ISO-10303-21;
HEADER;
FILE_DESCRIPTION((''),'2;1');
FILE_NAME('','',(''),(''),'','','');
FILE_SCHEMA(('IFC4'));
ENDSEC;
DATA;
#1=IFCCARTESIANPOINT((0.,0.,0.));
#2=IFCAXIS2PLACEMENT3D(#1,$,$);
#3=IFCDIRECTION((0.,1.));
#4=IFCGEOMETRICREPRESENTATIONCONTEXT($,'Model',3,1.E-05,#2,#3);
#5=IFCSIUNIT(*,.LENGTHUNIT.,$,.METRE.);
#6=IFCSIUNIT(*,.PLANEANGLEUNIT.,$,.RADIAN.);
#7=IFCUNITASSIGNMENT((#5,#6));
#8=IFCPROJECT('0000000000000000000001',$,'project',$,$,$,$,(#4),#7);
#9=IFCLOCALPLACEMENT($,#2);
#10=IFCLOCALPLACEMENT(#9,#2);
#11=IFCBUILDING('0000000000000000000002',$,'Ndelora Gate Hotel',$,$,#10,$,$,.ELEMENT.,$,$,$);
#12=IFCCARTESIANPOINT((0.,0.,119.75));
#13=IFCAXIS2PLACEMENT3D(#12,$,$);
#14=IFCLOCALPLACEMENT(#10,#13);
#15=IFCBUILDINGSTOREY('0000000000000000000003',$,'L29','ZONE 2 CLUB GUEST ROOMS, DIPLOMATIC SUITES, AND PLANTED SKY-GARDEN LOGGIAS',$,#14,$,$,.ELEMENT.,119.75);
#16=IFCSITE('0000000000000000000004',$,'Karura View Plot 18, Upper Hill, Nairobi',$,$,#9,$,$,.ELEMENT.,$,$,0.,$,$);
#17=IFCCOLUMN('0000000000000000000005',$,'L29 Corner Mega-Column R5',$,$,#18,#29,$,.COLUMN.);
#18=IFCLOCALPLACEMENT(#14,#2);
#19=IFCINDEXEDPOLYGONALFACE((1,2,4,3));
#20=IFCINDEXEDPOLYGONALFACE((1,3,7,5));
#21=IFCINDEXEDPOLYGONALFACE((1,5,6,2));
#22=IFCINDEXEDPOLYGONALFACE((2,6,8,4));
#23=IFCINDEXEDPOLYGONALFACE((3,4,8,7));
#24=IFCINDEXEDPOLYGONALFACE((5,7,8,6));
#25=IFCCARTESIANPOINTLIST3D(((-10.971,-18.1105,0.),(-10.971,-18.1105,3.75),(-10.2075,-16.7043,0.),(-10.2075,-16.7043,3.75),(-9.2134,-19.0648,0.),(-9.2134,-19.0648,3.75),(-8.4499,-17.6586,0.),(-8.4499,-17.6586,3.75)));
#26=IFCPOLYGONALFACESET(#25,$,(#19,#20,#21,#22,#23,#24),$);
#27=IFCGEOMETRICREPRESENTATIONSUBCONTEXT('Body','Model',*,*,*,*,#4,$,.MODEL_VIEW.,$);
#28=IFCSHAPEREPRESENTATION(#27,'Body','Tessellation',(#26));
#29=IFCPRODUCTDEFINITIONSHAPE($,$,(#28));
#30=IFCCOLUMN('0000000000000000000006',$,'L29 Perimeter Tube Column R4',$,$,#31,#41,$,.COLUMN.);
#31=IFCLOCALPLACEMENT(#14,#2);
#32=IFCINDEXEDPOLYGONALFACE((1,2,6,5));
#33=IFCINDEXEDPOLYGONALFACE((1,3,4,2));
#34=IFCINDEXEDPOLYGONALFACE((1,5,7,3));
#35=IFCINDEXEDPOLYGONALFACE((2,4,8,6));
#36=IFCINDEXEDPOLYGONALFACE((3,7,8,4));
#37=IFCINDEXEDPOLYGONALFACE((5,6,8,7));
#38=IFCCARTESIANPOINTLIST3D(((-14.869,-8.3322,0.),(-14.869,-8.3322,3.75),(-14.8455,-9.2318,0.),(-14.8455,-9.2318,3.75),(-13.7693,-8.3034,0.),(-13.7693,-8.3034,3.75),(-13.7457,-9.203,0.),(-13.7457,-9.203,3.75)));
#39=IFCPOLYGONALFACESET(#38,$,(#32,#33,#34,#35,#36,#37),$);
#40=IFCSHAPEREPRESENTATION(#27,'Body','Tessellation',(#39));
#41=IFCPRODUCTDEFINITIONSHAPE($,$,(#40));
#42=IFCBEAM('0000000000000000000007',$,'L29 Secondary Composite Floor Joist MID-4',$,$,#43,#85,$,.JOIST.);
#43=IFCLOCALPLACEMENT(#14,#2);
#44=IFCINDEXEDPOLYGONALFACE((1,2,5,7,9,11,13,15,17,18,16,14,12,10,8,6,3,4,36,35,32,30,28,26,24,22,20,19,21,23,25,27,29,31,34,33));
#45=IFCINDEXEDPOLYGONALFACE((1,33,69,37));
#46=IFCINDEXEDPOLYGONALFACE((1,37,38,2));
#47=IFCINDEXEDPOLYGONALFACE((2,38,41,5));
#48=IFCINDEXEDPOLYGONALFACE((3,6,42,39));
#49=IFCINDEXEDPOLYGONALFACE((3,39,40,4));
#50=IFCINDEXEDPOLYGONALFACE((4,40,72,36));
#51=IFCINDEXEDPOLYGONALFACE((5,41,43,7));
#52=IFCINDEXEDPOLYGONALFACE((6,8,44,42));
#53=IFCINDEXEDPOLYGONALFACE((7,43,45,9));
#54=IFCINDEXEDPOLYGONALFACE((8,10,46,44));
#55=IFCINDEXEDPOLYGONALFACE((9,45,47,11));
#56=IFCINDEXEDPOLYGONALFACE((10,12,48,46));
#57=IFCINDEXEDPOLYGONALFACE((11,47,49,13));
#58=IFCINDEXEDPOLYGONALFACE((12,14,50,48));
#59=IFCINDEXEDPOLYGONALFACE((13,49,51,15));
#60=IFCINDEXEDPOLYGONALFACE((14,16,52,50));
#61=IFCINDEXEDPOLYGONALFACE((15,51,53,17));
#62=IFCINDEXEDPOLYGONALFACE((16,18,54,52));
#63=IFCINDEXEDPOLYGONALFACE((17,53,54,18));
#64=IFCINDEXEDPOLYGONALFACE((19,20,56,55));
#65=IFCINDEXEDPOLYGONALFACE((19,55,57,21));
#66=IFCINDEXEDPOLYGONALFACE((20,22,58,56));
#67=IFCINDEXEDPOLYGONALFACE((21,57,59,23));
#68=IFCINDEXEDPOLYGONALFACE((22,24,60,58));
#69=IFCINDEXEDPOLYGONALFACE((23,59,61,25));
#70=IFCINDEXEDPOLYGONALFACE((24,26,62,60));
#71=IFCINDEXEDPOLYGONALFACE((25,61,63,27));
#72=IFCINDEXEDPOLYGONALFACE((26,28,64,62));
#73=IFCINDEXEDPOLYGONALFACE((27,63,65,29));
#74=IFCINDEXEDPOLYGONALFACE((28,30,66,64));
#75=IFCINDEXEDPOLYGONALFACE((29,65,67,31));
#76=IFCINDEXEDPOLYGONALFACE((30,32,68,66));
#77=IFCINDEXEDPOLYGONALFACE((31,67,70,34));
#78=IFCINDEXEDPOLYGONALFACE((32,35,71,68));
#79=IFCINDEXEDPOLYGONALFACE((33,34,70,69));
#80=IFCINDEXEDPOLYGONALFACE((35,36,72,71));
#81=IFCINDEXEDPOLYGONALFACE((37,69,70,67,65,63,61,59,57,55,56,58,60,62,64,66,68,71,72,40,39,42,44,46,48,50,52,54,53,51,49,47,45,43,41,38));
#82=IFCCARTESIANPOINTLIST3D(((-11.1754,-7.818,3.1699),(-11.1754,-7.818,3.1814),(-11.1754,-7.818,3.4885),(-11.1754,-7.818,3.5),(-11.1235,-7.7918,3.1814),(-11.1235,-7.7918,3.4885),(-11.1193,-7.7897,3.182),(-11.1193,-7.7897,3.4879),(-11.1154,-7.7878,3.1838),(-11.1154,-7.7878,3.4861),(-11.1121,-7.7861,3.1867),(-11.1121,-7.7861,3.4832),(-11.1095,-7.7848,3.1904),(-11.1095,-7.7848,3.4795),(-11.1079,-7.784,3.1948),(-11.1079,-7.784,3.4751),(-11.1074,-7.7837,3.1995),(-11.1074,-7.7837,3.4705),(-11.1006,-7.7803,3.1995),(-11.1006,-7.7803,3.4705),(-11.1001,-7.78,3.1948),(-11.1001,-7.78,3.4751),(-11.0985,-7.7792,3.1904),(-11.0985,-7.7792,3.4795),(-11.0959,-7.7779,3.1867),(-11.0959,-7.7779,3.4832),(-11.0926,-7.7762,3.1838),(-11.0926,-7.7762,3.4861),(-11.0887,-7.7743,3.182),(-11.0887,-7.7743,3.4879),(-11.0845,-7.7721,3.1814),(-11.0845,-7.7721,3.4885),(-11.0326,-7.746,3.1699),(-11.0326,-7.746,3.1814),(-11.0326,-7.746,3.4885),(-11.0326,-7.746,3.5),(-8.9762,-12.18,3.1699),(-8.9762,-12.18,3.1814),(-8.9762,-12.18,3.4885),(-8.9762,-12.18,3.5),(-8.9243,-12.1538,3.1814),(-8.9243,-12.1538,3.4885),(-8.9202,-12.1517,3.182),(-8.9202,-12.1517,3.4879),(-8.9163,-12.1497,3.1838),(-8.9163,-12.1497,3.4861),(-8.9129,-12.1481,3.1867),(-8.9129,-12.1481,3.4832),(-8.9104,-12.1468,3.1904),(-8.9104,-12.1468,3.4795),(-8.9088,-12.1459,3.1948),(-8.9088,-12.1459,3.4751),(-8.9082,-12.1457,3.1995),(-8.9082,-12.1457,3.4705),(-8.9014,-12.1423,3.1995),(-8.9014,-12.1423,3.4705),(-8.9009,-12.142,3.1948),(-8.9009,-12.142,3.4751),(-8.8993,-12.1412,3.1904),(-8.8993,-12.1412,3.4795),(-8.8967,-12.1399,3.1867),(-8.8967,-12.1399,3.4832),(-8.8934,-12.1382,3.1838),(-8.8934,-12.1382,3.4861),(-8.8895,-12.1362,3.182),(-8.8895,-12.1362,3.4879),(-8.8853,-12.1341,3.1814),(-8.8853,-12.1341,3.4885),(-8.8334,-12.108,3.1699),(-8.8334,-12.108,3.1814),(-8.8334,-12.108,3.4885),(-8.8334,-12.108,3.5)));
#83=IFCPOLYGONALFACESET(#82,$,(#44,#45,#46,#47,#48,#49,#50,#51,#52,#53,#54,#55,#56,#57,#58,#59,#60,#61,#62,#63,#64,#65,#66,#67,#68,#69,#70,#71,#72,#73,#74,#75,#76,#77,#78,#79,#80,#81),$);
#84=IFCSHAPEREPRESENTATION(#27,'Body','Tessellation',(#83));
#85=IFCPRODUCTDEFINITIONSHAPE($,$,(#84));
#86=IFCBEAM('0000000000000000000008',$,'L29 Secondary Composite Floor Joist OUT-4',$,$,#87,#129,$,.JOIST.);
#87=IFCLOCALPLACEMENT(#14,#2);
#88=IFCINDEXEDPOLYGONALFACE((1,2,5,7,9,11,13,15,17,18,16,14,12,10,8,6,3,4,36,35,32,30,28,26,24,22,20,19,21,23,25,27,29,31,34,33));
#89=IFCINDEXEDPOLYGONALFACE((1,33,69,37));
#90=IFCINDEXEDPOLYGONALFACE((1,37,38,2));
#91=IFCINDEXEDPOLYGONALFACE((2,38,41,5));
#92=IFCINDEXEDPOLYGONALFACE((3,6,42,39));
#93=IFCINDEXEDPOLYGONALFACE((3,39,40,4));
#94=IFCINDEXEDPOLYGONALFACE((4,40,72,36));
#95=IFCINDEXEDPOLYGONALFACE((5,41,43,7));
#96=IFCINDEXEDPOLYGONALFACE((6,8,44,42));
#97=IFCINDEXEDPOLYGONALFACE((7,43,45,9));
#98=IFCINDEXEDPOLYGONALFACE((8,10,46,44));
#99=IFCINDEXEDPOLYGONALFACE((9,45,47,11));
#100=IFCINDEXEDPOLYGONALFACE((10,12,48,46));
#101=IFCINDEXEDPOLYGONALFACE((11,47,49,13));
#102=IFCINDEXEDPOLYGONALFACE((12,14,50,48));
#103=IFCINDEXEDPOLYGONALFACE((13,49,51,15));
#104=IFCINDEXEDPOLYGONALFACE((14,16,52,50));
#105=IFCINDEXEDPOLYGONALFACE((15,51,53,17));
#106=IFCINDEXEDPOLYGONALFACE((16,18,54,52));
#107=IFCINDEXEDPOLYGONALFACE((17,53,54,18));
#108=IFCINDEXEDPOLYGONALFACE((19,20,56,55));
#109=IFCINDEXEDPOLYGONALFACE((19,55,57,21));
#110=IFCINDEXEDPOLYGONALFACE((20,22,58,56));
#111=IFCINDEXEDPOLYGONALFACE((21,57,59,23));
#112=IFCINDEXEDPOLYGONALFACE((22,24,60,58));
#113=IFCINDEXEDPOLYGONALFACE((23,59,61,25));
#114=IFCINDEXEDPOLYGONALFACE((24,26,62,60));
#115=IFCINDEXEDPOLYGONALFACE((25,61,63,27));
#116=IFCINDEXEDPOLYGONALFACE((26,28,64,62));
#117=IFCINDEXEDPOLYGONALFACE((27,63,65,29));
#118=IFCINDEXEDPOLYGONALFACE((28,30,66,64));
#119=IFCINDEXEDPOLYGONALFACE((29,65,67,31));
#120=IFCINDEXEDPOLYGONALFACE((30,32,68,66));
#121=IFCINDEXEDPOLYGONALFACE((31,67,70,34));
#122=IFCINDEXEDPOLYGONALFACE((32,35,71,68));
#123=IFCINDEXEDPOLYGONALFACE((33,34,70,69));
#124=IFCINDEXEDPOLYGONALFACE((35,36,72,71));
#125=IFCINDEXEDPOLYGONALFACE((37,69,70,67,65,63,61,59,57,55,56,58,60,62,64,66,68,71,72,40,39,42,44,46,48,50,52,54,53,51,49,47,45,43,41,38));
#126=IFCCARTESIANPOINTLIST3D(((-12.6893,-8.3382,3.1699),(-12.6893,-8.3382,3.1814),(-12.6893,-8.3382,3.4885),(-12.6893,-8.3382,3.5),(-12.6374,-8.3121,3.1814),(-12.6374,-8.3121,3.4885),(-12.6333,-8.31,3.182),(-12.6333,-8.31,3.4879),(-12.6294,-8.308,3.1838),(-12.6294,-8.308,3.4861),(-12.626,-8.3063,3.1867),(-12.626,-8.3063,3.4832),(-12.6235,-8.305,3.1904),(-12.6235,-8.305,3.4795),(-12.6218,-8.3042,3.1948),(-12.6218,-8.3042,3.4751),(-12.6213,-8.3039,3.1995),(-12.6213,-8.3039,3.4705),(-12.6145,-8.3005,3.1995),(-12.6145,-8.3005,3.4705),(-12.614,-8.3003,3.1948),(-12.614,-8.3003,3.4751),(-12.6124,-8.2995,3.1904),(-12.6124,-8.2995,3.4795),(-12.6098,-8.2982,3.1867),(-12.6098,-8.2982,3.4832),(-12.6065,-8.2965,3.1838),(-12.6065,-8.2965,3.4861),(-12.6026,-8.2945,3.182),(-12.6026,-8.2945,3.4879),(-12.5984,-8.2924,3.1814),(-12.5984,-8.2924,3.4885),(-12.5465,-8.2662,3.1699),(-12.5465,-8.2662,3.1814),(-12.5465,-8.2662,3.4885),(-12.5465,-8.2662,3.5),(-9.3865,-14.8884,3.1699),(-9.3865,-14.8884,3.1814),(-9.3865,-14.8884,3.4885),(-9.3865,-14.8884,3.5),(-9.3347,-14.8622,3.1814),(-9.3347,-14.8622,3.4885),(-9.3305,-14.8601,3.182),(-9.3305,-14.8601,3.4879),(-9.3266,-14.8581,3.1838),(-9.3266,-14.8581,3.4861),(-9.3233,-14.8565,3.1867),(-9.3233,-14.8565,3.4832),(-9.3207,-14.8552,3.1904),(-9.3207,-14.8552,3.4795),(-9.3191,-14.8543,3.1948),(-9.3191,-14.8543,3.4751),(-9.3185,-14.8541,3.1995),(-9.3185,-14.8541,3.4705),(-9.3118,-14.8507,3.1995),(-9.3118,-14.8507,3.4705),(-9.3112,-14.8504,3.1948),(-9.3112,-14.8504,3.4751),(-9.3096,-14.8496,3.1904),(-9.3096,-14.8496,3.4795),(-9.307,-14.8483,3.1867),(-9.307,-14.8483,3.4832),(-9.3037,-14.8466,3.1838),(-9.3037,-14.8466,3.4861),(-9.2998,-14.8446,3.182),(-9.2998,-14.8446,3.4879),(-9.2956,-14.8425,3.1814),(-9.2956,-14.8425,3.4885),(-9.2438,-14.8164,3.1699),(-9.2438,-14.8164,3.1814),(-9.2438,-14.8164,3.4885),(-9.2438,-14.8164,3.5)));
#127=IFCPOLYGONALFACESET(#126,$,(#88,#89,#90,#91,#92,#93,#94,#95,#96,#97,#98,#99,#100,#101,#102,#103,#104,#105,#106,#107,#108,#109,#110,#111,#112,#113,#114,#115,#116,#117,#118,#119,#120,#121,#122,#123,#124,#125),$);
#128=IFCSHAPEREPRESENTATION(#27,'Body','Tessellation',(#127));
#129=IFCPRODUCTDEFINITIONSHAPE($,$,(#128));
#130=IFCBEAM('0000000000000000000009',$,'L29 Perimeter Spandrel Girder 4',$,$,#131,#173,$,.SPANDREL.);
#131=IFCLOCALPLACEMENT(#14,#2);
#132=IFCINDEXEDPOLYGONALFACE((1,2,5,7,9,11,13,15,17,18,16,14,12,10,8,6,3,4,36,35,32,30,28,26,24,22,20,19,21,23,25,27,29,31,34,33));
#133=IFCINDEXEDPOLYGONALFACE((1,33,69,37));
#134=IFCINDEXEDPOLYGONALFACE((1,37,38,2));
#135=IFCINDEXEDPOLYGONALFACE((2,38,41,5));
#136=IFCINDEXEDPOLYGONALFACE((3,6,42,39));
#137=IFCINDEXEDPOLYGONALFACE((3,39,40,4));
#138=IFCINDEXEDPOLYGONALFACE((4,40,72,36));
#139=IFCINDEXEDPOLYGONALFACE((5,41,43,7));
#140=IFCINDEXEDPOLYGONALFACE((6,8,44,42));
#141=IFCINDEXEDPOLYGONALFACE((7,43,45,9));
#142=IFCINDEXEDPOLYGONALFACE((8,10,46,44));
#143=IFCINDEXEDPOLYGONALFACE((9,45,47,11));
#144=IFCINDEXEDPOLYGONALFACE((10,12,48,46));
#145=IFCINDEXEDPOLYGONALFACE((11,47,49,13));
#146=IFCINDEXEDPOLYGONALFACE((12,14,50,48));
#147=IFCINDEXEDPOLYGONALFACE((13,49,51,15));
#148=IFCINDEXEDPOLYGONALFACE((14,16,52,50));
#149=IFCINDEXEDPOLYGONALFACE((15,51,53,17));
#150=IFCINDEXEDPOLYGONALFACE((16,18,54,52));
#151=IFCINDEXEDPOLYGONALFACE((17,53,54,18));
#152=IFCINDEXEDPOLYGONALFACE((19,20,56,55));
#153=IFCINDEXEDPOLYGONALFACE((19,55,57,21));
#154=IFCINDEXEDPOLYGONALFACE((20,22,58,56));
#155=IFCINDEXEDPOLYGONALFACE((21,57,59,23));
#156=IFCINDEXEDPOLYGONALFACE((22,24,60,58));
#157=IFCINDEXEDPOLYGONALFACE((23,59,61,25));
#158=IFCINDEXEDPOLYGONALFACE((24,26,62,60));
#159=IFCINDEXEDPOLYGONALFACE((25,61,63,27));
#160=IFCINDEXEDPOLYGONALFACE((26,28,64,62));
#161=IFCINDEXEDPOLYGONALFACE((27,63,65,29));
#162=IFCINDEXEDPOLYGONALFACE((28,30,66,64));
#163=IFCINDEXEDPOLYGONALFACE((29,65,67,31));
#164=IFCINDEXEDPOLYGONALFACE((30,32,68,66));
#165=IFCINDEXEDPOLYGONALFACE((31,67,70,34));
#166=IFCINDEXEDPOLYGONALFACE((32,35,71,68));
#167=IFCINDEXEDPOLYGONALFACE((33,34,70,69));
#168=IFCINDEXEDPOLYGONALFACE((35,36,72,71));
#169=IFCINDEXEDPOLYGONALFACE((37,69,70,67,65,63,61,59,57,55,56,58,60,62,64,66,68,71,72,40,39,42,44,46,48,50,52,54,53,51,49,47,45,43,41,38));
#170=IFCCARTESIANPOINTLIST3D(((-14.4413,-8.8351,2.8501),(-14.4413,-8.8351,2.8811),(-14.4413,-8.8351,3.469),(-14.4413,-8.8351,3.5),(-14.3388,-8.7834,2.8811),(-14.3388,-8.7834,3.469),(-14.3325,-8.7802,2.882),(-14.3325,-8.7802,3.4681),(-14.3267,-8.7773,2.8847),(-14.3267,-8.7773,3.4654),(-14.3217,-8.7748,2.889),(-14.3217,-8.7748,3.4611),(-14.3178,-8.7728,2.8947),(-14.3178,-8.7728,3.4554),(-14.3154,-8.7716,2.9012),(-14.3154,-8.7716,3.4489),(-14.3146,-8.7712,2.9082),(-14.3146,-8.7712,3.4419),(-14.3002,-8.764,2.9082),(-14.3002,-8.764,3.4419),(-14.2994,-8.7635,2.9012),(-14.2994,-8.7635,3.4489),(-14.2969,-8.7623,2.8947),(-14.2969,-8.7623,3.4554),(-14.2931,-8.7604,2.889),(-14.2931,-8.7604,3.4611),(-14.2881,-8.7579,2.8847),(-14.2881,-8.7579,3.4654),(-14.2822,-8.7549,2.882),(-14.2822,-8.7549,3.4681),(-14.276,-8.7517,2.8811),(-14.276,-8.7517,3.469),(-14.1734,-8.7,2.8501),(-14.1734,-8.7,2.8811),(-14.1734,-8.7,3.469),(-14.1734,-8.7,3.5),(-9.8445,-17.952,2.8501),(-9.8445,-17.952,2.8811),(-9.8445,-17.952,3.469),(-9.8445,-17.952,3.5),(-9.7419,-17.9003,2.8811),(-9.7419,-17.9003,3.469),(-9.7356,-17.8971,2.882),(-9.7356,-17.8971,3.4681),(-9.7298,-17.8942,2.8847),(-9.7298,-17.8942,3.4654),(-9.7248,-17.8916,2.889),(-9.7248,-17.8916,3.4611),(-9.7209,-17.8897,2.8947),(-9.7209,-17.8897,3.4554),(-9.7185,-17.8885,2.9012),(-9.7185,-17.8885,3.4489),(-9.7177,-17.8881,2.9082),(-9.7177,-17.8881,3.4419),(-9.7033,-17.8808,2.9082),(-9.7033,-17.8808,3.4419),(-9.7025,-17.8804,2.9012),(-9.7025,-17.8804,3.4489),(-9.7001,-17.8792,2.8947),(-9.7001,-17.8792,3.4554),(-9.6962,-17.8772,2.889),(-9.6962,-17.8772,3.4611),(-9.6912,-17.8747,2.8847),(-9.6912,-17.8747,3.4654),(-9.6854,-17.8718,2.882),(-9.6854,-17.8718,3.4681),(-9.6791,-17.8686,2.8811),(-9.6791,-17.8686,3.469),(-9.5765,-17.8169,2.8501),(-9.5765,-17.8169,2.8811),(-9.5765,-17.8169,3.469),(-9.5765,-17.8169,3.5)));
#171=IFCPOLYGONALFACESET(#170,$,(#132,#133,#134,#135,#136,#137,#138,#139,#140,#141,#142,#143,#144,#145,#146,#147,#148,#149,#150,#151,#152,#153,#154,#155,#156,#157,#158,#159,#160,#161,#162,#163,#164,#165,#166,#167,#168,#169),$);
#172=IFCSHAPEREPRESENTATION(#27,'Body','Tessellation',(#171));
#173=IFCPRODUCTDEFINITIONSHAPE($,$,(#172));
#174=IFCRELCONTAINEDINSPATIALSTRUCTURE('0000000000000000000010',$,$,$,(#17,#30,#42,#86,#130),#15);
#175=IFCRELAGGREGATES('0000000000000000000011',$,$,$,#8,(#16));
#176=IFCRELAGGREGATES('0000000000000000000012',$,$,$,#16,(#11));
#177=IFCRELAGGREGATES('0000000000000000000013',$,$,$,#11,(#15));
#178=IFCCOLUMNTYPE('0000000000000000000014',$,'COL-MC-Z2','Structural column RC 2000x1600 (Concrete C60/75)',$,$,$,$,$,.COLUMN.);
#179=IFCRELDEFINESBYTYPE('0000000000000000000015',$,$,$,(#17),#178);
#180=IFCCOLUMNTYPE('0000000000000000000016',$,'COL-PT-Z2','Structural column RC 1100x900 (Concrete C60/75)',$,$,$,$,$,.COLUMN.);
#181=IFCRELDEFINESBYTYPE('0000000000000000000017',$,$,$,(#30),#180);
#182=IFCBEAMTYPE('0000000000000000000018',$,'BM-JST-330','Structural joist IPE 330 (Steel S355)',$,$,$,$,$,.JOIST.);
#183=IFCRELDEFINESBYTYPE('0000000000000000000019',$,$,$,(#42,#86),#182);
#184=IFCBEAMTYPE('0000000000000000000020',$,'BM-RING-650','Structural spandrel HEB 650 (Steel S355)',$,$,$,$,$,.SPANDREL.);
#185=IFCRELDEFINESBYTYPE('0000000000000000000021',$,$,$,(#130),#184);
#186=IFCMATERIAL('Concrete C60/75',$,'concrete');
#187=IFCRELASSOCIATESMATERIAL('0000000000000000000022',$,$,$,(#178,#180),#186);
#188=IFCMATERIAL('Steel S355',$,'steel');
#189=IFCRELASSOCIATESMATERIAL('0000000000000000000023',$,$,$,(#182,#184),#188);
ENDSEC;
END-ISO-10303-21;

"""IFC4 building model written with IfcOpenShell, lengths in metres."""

from ifc_helpers import new_model, si_unit, direction, frame, origin, origin_2d, place, context, subcontext, project, spatial, rectangle, i_section, extrude, material, material_profile, profile_set, type_object, element, save


model = new_model("IFC4")

# Units and contexts
model_context = context("Model", 3, precision=1e-05, world=origin(), true_north=direction((0.0, 1.0)))
body_context = subcontext(model_context, "Body", "Model", "MODEL_VIEW")
ifc_project = project(units=[si_unit("LENGTHUNIT", "METRE"), si_unit("PLANEANGLEUNIT", "RADIAN")], contexts=[model_context])

# Site, building, storey
site_placement = place(None, origin())
site = spatial("IfcSite", under=ifc_project, at=site_placement, Name="Karura View Plot 18, Upper Hill, Nairobi", CompositionType="ELEMENT", RefElevation=0.0)
building_placement = place(site_placement, origin())
building = spatial("IfcBuilding", under=site, at=building_placement, Name="Ndelora Gate Hotel", CompositionType="ELEMENT")
storey_placement = place(building_placement, frame((0.0, 0.0, 119.75)))
storey = spatial("IfcBuildingStorey", under=building, at=storey_placement, Name="L29", Description="ZONE 2 CLUB GUEST ROOMS, DIPLOMATIC SUITES, AND PLANTED SKY-GARDEN LOGGIAS", CompositionType="ELEMENT", Elevation=119.75)

# Columns
ifc_material_1 = material(Name="Concrete C60/75", Category="concrete")
ifc_material_profile_1 = material_profile(ifc_material_1, rectangle(XDim=1.6001, YDim=2.0, at=origin_2d()), Name="RC 2000x1600")
ifc_profile_set_1 = profile_set([ifc_material_profile_1], Name="Concrete C60/75")
column_type_1 = type_object("IfcColumnType", Name="COL-MC-Z2", Description="Structural column RC 2000x1600 (Concrete C60/75)", PredefinedType="COLUMN", material=ifc_profile_set_1)
column_1_placement = place(storey_placement, frame((-9.7104, -17.8845, 0.0), z_axis=(0.0, 0.0, 1.0), x_axis=(0.477159, 0.878817, 0.0)))
element("IfcColumn", 1, at=column_1_placement, inside=storey, type_object=column_type_1, Name="L29 Corner Mega-Column R5", PredefinedType="COLUMN", context=body_context, shape_type="SweptSolid", body=[
    extrude(rectangle(XDim=1.6001, YDim=2.0, at=origin_2d()), origin(), (0.0, 0.0, 1.0), 3.75),
])
ifc_material_profile_2 = material_profile(ifc_material_1, rectangle(XDim=0.8999, YDim=1.1001, at=origin_2d()), Name="RC 1100x900")
ifc_profile_set_2 = profile_set([ifc_material_profile_2], Name="Concrete C60/75")
column_type_2 = type_object("IfcColumnType", Name="COL-PT-Z2", Description="Structural column RC 1100x900 (Concrete C60/75)", PredefinedType="COLUMN", material=ifc_profile_set_2)
column_2_placement = place(storey_placement, frame((-14.3074, -8.7676, 0.0), z_axis=(0.0, 0.0, 1.0), x_axis=(-0.026177, 0.999657, 0.0)))
element("IfcColumn", 2, at=column_2_placement, inside=storey, type_object=column_type_2, Name="L29 Perimeter Tube Column R4", PredefinedType="COLUMN", context=body_context, shape_type="SweptSolid", body=[
    extrude(rectangle(XDim=0.8999, YDim=1.1001, at=origin_2d()), origin(), (0.0, 0.0, 1.0), 3.75),
])

# Beams
ifc_material_2 = material(Name="Steel S355", Category="steel")
ifc_material_profile_3 = material_profile(ifc_material_2, i_section(OverallWidth=0.1599, OverallDepth=0.3301, WebThickness=0.0076, FlangeThickness=0.0115, FilletRadius=0.0181, at=origin_2d()), Name="IPE 330")
ifc_profile_set_3 = profile_set([ifc_material_profile_3], Name="Steel S355")
beam_type_1 = type_object("IfcBeamType", Name="BM-JST-330", Description="Structural joist IPE 330 (Steel S355)", PredefinedType="JOIST", material=ifc_profile_set_3)
beam_1_placement = place(storey_placement, frame((-11.104, -7.782, 3.335), z_axis=(0.45019, -0.892933, 0.0), x_axis=(0.892933, 0.45019, 0.0)))
element("IfcBeam", 3, at=beam_1_placement, inside=storey, type_object=beam_type_1, Name="L29 Secondary Composite Floor Joist MID-4", PredefinedType="JOIST", context=body_context, shape_type="SweptSolid", body=[
    extrude(i_section(OverallWidth=0.1599, OverallDepth=0.3301, WebThickness=0.0076, FlangeThickness=0.0115, FilletRadius=0.0181, at=origin_2d()), origin(), (0.0, 0.0, 1.0), 4.885),
])
beam_2_placement = place(storey_placement, frame((-12.6179, -8.3022, 3.335), z_axis=(0.450233, -0.892911, 0.0), x_axis=(0.892911, 0.450233, 0.0)))
element("IfcBeam", 4, at=beam_2_placement, inside=storey, type_object=beam_type_1, Name="L29 Secondary Composite Floor Joist OUT-4", PredefinedType="JOIST", context=body_context, shape_type="SweptSolid", body=[
    extrude(i_section(OverallWidth=0.1599, OverallDepth=0.3301, WebThickness=0.0076, FlangeThickness=0.0115, FilletRadius=0.0181, at=origin_2d()), origin(), (0.0, 0.0, 1.0), 7.3357),
])
ifc_material_profile_4 = material_profile(ifc_material_2, i_section(OverallWidth=0.3, OverallDepth=0.6499, WebThickness=0.0161, FlangeThickness=0.031, FilletRadius=0.0271, at=origin_2d()), Name="HEB 650")
ifc_profile_set_4 = profile_set([ifc_material_profile_4], Name="Steel S355")
beam_type_2 = type_object("IfcBeamType", Name="BM-RING-650", Description="Structural spandrel HEB 650 (Steel S355)", PredefinedType="SPANDREL", material=ifc_profile_set_4)
beam_3_placement = place(storey_placement, frame((-14.3074, -8.7676, 3.175), z_axis=(0.450224, -0.892916, 0.0), x_axis=(0.892916, 0.450224, 0.0)))
element("IfcBeam", 5, at=beam_3_placement, inside=storey, type_object=beam_type_2, Name="L29 Perimeter Spandrel Girder 4", PredefinedType="SPANDREL", context=body_context, shape_type="SweptSolid", body=[
    extrude(i_section(OverallWidth=0.3, OverallDepth=0.6499, WebThickness=0.0161, FlangeThickness=0.031, FilletRadius=0.0271, at=origin_2d()), origin(), (0.0, 0.0, 1.0), 10.2102),
])

save(model, "model.ifc")
